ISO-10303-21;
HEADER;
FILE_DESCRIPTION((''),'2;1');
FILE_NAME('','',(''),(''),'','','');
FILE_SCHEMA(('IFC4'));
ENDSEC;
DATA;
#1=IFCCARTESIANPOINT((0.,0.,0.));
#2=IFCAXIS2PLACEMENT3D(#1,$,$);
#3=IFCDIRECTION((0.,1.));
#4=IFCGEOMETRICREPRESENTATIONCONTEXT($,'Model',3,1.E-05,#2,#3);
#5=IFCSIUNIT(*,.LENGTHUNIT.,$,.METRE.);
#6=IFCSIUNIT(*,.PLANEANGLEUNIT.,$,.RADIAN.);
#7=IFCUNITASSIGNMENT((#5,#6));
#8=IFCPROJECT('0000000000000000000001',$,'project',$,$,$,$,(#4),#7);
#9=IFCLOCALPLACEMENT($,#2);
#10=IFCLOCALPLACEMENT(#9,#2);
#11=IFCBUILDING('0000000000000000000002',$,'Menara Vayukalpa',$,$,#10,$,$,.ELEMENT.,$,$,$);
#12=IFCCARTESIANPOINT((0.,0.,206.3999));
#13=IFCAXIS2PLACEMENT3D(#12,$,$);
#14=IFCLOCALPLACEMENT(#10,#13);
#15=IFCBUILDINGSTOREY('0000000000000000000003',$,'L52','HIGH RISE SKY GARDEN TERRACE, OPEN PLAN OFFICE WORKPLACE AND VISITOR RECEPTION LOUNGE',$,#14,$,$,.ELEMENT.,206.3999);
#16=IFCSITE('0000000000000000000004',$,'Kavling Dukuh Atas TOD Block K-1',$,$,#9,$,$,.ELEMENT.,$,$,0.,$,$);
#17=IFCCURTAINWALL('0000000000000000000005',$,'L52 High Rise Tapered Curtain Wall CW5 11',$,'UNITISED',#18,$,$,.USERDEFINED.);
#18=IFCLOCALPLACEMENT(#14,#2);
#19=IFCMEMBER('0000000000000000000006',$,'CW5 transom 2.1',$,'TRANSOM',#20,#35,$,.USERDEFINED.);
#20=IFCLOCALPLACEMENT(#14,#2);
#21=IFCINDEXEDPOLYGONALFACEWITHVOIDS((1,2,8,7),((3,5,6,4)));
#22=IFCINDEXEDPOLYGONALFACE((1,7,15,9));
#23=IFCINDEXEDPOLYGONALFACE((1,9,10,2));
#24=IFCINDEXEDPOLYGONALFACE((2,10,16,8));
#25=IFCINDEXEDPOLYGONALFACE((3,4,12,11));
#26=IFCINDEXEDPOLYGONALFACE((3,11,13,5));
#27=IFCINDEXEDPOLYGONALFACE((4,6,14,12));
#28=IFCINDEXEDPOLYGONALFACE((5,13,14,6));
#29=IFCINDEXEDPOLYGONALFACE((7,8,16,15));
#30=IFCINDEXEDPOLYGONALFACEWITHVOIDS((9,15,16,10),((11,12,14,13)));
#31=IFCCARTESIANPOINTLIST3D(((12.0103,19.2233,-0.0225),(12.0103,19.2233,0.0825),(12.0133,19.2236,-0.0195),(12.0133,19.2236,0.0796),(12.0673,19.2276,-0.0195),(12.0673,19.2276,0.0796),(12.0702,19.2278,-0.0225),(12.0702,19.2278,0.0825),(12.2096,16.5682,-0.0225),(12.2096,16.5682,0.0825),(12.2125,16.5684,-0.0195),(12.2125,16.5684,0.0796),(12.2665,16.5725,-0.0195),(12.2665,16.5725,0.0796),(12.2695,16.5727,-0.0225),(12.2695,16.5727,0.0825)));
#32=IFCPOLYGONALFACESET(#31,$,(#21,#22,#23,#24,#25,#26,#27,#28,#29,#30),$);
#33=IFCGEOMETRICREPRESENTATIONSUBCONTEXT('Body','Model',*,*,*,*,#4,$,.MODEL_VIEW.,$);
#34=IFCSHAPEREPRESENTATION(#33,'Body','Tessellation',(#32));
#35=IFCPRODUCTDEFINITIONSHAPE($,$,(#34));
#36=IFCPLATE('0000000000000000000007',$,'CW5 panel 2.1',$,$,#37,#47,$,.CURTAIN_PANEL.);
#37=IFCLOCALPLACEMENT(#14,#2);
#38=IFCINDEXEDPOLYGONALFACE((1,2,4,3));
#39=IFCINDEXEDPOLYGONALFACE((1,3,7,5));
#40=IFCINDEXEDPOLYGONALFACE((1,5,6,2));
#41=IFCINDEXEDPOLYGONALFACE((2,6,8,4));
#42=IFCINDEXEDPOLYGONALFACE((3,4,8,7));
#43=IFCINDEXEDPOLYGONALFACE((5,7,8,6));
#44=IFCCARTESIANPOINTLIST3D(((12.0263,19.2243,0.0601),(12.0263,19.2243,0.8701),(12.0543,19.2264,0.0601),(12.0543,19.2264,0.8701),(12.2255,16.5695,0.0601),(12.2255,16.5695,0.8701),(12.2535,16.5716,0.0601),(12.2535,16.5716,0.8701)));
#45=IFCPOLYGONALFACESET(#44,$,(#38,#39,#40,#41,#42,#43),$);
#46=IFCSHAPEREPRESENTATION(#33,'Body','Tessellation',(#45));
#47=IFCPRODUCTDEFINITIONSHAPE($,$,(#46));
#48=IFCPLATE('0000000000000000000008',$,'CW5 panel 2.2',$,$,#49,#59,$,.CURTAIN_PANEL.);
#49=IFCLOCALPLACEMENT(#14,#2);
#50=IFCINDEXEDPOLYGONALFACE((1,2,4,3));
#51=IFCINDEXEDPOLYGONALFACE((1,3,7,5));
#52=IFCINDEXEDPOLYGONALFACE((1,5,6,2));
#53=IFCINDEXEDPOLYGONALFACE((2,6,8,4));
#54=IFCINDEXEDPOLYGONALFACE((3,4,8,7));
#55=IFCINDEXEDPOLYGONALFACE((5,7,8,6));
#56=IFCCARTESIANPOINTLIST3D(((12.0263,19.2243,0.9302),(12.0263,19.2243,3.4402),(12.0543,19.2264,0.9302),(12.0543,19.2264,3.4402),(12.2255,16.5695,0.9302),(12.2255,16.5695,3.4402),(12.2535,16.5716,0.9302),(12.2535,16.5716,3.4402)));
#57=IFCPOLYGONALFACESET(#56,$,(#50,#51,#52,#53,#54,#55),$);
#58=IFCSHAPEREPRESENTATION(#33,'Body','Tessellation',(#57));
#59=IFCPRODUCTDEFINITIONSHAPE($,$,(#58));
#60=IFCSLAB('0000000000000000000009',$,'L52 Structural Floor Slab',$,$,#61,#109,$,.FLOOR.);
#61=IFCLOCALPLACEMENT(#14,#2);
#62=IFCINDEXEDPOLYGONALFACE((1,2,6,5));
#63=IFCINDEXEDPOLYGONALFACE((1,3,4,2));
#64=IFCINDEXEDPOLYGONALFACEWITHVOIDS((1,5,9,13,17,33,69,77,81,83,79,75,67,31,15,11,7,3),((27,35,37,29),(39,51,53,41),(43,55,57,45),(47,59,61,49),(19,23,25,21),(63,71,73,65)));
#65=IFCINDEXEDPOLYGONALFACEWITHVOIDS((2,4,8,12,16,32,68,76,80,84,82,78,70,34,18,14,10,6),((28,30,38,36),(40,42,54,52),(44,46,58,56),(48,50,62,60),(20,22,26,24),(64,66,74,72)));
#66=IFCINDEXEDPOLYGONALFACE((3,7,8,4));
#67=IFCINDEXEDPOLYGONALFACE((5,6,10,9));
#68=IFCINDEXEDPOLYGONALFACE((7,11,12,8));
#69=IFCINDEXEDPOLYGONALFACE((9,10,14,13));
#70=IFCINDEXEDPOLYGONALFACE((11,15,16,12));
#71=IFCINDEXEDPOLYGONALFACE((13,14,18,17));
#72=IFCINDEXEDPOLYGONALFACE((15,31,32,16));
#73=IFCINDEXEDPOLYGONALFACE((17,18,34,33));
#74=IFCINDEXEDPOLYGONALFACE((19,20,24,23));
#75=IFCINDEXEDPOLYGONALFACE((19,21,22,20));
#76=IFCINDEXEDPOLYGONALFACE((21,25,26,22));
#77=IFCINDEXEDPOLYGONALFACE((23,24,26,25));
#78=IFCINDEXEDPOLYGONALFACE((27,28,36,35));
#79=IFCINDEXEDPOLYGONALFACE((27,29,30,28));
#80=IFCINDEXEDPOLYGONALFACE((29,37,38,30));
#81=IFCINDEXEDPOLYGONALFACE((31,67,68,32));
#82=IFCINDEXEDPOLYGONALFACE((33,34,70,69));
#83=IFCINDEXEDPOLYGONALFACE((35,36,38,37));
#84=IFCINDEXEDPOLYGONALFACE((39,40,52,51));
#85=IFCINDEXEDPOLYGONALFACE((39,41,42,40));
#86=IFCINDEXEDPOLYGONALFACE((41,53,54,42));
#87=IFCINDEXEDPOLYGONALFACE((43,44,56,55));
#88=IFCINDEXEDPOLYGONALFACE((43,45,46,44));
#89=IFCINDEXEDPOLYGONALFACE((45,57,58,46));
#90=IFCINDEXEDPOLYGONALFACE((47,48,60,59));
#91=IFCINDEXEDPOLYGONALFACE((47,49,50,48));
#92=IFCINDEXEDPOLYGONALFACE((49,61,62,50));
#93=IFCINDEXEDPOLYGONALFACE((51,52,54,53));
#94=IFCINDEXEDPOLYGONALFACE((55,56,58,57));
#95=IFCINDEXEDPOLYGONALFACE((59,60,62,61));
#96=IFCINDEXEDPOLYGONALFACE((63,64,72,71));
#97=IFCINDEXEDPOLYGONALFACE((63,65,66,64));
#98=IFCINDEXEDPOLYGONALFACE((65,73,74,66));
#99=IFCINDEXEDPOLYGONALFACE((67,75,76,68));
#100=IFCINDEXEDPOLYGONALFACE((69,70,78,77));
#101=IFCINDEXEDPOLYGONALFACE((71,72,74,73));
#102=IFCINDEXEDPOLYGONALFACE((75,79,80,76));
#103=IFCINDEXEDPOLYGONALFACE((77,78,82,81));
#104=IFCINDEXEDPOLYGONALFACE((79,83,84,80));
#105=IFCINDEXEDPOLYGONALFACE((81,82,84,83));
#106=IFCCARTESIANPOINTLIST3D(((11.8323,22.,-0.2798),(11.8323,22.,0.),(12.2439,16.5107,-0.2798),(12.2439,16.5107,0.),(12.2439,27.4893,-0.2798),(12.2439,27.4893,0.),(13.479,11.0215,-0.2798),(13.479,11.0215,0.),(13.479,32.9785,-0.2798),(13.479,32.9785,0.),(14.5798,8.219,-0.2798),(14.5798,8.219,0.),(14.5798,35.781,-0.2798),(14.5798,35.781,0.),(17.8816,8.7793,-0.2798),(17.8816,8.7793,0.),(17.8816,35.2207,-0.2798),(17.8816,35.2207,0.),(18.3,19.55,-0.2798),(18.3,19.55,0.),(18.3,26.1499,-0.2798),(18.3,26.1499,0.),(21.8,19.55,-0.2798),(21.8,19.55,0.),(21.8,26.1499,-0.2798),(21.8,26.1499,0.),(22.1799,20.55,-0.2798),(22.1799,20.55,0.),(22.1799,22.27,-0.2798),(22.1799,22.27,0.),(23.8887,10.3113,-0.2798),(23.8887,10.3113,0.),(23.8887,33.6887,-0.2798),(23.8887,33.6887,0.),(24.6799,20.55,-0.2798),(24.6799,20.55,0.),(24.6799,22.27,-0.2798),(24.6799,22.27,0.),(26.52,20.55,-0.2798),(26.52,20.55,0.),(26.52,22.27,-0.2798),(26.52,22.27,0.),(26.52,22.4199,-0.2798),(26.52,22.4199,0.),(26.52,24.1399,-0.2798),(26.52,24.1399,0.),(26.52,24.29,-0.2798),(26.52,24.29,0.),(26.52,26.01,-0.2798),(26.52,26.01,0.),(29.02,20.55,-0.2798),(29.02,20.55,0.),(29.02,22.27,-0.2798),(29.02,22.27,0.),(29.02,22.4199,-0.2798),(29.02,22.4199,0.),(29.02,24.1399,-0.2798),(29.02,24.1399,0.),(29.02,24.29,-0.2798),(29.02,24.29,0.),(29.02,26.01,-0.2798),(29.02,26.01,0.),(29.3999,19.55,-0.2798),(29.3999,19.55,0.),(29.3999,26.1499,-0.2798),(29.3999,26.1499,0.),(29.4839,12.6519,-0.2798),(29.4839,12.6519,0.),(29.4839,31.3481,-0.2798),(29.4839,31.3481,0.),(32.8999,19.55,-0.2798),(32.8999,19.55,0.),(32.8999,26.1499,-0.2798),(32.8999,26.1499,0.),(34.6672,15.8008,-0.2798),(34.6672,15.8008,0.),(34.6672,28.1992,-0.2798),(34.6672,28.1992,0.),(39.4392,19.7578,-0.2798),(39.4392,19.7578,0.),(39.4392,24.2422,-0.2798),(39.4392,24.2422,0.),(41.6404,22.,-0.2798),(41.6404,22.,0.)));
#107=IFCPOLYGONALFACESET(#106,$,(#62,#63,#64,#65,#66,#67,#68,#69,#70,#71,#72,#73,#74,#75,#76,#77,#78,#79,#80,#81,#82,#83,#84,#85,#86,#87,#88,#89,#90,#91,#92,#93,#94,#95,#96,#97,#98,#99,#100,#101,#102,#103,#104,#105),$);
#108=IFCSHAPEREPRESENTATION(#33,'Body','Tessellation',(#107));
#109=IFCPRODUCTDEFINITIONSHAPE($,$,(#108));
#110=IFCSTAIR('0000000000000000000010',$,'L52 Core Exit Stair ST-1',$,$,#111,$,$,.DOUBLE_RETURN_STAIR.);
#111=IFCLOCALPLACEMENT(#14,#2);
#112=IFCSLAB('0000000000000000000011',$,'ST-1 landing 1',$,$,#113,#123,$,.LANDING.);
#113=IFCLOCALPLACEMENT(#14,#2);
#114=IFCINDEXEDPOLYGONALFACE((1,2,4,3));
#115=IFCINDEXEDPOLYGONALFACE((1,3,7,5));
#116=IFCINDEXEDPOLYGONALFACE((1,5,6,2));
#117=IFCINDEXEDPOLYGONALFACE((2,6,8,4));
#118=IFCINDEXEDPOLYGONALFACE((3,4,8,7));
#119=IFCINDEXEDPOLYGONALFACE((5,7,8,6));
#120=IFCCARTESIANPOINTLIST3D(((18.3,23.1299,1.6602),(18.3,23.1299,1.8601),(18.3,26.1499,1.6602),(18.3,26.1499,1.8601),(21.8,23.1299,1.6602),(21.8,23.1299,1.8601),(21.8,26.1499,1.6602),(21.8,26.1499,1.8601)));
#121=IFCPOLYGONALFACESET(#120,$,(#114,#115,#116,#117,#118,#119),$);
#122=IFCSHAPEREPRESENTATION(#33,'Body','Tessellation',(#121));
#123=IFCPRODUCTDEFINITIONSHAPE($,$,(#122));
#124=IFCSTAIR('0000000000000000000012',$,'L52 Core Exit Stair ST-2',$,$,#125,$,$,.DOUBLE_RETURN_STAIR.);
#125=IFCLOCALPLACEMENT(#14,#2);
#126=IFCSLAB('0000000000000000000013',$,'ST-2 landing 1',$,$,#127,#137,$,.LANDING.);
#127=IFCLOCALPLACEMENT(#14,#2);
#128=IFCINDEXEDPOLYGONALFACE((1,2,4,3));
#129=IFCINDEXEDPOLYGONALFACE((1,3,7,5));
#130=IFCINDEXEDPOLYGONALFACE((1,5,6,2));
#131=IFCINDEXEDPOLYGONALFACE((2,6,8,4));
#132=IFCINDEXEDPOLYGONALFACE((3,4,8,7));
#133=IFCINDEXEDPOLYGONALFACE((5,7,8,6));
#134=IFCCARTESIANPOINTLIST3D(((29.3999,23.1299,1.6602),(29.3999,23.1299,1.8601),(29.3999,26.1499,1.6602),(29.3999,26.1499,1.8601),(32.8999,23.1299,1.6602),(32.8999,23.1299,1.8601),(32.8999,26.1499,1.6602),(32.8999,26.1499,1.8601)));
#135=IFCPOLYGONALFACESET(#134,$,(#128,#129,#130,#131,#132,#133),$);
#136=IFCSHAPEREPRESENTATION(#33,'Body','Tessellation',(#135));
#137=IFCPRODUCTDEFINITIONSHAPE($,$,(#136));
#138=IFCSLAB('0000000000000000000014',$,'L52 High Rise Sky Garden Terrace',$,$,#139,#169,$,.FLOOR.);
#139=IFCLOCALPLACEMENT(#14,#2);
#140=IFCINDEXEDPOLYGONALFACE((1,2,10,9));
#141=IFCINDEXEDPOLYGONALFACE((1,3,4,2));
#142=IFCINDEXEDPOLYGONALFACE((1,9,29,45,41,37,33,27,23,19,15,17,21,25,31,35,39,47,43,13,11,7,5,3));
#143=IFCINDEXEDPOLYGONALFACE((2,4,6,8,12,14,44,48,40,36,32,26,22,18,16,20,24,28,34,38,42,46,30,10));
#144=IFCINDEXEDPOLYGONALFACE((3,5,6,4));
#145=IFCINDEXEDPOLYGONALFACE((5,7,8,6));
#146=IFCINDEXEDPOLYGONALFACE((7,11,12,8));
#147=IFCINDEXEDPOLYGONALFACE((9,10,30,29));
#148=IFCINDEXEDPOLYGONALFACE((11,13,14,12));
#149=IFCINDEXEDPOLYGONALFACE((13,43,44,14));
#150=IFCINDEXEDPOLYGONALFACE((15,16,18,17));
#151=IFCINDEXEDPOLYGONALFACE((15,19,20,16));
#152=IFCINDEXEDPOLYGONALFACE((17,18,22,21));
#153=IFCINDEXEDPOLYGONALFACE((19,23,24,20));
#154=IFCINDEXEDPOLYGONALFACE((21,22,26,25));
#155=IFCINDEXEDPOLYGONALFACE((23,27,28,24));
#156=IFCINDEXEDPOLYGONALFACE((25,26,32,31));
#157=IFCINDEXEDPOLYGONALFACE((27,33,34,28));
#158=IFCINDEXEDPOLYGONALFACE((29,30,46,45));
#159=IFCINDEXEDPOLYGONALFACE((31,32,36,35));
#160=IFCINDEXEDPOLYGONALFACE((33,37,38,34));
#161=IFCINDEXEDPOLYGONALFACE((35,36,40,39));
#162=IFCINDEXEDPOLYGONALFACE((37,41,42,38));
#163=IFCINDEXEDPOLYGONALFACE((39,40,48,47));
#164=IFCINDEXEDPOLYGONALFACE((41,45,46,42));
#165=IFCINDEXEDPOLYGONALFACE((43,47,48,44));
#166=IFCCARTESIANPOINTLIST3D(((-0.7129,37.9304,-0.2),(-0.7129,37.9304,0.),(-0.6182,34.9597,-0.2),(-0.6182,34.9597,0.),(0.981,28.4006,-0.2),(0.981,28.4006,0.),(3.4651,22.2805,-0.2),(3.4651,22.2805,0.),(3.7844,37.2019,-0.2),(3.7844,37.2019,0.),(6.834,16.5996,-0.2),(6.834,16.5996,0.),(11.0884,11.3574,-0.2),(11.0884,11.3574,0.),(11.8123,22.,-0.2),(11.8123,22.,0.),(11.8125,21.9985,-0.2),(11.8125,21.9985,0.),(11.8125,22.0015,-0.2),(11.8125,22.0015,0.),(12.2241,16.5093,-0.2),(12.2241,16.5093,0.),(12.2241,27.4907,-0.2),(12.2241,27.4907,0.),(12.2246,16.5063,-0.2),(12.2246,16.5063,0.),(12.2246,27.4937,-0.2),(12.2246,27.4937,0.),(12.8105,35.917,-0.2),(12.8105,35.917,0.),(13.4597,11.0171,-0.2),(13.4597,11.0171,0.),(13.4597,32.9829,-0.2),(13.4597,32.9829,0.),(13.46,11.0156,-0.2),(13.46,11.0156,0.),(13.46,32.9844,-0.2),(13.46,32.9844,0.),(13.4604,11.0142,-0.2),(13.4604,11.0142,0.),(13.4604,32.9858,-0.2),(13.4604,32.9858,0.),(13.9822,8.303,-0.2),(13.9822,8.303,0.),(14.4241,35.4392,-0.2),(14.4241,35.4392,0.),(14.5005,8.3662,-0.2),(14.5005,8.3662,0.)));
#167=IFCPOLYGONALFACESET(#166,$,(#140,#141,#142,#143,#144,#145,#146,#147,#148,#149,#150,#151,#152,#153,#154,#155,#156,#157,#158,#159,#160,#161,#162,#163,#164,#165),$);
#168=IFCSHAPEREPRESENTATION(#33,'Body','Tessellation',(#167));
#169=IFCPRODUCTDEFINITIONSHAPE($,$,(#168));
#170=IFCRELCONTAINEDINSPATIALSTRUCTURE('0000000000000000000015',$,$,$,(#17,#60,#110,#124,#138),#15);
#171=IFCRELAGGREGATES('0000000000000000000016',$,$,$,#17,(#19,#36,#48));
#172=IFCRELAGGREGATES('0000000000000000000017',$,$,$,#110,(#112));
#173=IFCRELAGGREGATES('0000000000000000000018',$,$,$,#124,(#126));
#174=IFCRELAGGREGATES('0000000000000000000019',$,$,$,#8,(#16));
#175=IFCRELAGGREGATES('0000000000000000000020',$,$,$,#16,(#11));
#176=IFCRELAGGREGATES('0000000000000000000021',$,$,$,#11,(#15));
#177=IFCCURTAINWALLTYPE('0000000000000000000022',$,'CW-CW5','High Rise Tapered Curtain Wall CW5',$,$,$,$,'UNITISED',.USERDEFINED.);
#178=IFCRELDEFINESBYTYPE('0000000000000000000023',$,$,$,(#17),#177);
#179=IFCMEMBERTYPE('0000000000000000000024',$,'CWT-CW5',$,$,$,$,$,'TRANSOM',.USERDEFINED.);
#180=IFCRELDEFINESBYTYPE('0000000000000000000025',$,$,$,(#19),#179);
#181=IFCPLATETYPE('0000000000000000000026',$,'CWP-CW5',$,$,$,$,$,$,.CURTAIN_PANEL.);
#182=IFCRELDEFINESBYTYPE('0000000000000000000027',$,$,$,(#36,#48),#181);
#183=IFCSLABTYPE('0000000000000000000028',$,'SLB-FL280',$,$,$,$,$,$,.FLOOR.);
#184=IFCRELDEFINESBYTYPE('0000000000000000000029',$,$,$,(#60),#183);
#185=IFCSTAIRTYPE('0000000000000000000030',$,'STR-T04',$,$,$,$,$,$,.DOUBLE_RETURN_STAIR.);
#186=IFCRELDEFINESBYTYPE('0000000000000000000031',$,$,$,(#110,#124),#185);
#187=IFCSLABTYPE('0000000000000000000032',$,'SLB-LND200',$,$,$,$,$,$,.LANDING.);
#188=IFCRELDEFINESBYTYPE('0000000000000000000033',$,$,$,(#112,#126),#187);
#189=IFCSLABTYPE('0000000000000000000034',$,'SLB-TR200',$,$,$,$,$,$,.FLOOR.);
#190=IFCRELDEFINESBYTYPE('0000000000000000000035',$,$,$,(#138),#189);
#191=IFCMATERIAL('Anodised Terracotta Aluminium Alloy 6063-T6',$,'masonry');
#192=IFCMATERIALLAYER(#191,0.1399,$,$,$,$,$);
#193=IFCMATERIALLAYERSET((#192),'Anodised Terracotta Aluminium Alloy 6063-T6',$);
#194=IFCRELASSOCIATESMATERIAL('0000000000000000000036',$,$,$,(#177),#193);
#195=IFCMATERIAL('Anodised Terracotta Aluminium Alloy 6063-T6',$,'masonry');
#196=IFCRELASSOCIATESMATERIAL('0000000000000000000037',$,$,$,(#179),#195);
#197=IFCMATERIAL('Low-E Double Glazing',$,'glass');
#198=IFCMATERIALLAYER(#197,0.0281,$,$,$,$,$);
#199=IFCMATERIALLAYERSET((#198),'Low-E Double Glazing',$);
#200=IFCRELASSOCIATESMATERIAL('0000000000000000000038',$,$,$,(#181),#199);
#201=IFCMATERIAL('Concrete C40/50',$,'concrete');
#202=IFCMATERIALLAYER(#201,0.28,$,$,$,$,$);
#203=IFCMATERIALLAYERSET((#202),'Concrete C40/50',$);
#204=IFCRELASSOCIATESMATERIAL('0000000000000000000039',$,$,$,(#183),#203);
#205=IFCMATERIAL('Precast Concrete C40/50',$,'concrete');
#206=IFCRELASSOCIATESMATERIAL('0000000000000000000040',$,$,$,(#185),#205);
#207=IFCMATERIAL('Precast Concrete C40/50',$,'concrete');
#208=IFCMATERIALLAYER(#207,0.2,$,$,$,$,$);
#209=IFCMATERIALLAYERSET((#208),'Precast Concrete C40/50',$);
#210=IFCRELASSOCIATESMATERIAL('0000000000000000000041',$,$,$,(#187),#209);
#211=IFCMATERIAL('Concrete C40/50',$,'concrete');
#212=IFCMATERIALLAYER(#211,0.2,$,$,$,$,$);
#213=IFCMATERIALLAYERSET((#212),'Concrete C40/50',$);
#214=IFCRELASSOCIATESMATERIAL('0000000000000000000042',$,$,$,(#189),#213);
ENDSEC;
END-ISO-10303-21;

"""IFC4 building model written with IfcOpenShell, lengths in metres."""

from ifc_helpers import new_model, si_unit, direction, frame, origin, origin_2d, place, context, subcontext, project, spatial, polyline, rectangle, hollow_rectangle, outline, extrude, material, layer, layer_set, material_profile, profile_set, type_object, element, aggregate, save


model = new_model("IFC4")

# Units and contexts
model_context = context("Model", 3, precision=1e-05, world=origin(), true_north=direction((0.0, 1.0)))
body_context = subcontext(model_context, "Body", "Model", "MODEL_VIEW")
ifc_project = project(units=[si_unit("LENGTHUNIT", "METRE"), si_unit("PLANEANGLEUNIT", "RADIAN")], contexts=[model_context])

# Site, building, storey
site_placement = place(None, origin())
site = spatial("IfcSite", under=ifc_project, at=site_placement, Name="Kavling Dukuh Atas TOD Block K-1", CompositionType="ELEMENT", RefElevation=0.0)
building_placement = place(site_placement, origin())
building = spatial("IfcBuilding", under=site, at=building_placement, Name="Menara Vayukalpa", CompositionType="ELEMENT")
storey_placement = place(building_placement, frame((0.0, 0.0, 206.3999)))
storey = spatial("IfcBuildingStorey", under=building, at=storey_placement, Name="L52", Description="HIGH RISE SKY GARDEN TERRACE, OPEN PLAN OFFICE WORKPLACE AND VISITOR RECEPTION LOUNGE", CompositionType="ELEMENT", Elevation=206.3999)

# Curtain wall, member, plates
ifc_material_1 = material(Name="Anodised Terracotta Aluminium Alloy 6063-T6", Category="masonry")
ifc_layer_1 = layer(ifc_material_1, 0.1399)
ifc_layer_set_1 = layer_set([ifc_layer_1], Name="Anodised Terracotta Aluminium Alloy 6063-T6")
curtain_wall_type = type_object("IfcCurtainWallType", Name="CW-CW5", Description="High Rise Tapered Curtain Wall CW5", ElementType="UNITISED", PredefinedType="USERDEFINED", material=ifc_layer_set_1)
curtain_wall_placement = place(storey_placement, origin())
curtain_wall = element("IfcCurtainWall", 1, at=curtain_wall_placement, inside=storey, type_object=curtain_wall_type, Name="L52 High Rise Tapered Curtain Wall CW5 11", ObjectType="UNITISED", PredefinedType="USERDEFINED")
ifc_material_2 = material(Name="Anodised Terracotta Aluminium Alloy 6063-T6", Category="masonry")
ifc_material_profile_1 = material_profile(ifc_material_2, hollow_rectangle(XDim=0.0601, YDim=0.105, WallThickness=0.0029, at=origin_2d()), Name="ALU 60x105x3")
ifc_profile_set_1 = profile_set([ifc_material_profile_1], Name="Anodised Terracotta Aluminium Alloy 6063-T6")
member_type_1 = type_object("IfcMemberType", Name="CWT-CW5", ElementType="TRANSOM", PredefinedType="USERDEFINED", material=ifc_profile_set_1)
member_1_placement = place(storey_placement, frame((12.0403, 19.2256, 0.03), z_axis=(0.074824, -0.997197, 0.0), x_axis=(0.997197, 0.074824, 0.0)))
member_1 = element("IfcMember", 2, at=member_1_placement, type_object=member_type_1, Name="CW5 transom 2.1", ObjectType="TRANSOM", PredefinedType="USERDEFINED", context=body_context, shape_type="SweptSolid", body=[
    extrude(hollow_rectangle(XDim=0.0601, YDim=0.105, WallThickness=0.0029, at=origin_2d()), origin(), (0.0, 0.0, 1.0), 2.6626),
])
ifc_material_3 = material(Name="Low-E Double Glazing", Category="glass")
ifc_layer_2 = layer(ifc_material_3, 0.0281)
ifc_layer_set_2 = layer_set([ifc_layer_2], Name="Low-E Double Glazing")
plate_type = type_object("IfcPlateType", Name="CWP-CW5", PredefinedType="CURTAIN_PANEL", material=ifc_layer_set_2)
plate_1_placement = place(storey_placement, frame((12.1399, 17.8979, 0.0601), z_axis=(0.0, 0.0, 1.0), x_axis=(0.074792, -0.997199, 0.0)))
plate_1 = element("IfcPlate", 3, at=plate_1_placement, type_object=plate_type, Name="CW5 panel 2.1", PredefinedType="CURTAIN_PANEL", context=body_context, shape_type="SweptSolid", body=[
    extrude(rectangle(XDim=2.6624, YDim=0.0281, at=origin_2d()), origin(), (0.0, 0.0, 1.0), 0.8101),
])
plate_2_placement = place(storey_placement, frame((12.1399, 17.8979, 0.9302), z_axis=(0.0, 0.0, 1.0), x_axis=(0.074792, -0.997199, 0.0)))
plate_2 = element("IfcPlate", 4, at=plate_2_placement, type_object=plate_type, Name="CW5 panel 2.2", PredefinedType="CURTAIN_PANEL", context=body_context, shape_type="SweptSolid", body=[
    extrude(rectangle(XDim=2.6624, YDim=0.0281, at=origin_2d()), origin(), (0.0, 0.0, 1.0), 2.51),
])
aggregate(curtain_wall, [member_1, plate_1, plate_2])

# Slab
ifc_material_4 = material(Name="Concrete C40/50", Category="concrete")
ifc_layer_3 = layer(ifc_material_4, 0.28)
ifc_layer_set_3 = layer_set([ifc_layer_3], Name="Concrete C40/50")
slab_type_1 = type_object("IfcSlabType", Name="SLB-FL280", PredefinedType="FLOOR", material=ifc_layer_set_3)
slab_1_placement = place(storey_placement, frame((0.0, 0.0, -0.2798)))
element("IfcSlab", 5, at=slab_1_placement, inside=storey, type_object=slab_type_1, Name="L52 Structural Floor Slab", PredefinedType="FLOOR", context=body_context, shape_type="SweptSolid", body=[
    extrude(outline(polyline([(39.4392, 19.7578), (41.6404, 22.0), (39.4392, 24.2422), (34.6672, 28.1992), (29.4839, 31.3481), (23.8887, 33.6887), (17.8816, 35.2207), (14.5798, 35.781), (13.479, 32.9785), (12.2439, 27.4893), (11.8323, 22.0), (12.2439, 16.5107), (13.479, 11.0215), (14.5798, 8.219), (17.8816, 8.7793), (23.8887, 10.3113), (29.4839, 12.6519), (34.6672, 15.8008), (39.4392, 19.7578)]), holes=[polyline([(21.8, 19.55), (21.8, 26.1499), (18.3, 26.1499), (18.3, 19.55), (21.8, 19.55)]), polyline([(32.8999, 19.55), (32.8999, 26.1499), (29.3999, 26.1499), (29.3999, 19.55), (32.8999, 19.55)]), polyline([(22.1799, 20.55), (24.6799, 20.55), (24.6799, 22.27), (22.1799, 22.27), (22.1799, 20.55)]), polyline([(26.52, 20.55), (29.02, 20.55), (29.02, 22.27), (26.52, 22.27), (26.52, 20.55)]), polyline([(26.52, 24.29), (29.02, 24.29), (29.02, 26.01), (26.52, 26.01), (26.52, 24.29)]), polyline([(26.52, 22.4199), (29.02, 22.4199), (29.02, 24.1399), (26.52, 24.1399), (26.52, 22.4199)])]), origin(), (0.0, 0.0, 1.0), 0.2798),
])

# Stairs, slabs
ifc_material_5 = material(Name="Precast Concrete C40/50", Category="concrete")
stair_type = type_object("IfcStairType", Name="STR-T04", PredefinedType="DOUBLE_RETURN_STAIR", material=ifc_material_5)
stair_1_placement = place(storey_placement, origin())
stair_1 = element("IfcStair", 6, at=stair_1_placement, inside=storey, type_object=stair_type, Name="L52 Core Exit Stair ST-1", PredefinedType="DOUBLE_RETURN_STAIR")
ifc_material_6 = material(Name="Precast Concrete C40/50", Category="concrete")
ifc_layer_4 = layer(ifc_material_6, 0.2)
ifc_layer_set_4 = layer_set([ifc_layer_4], Name="Precast Concrete C40/50")
slab_type_2 = type_object("IfcSlabType", Name="SLB-LND200", PredefinedType="LANDING", material=ifc_layer_set_4)
slab_2_placement = place(storey_placement, frame((0.0, 0.0, 1.6602)))
slab_2 = element("IfcSlab", 7, at=slab_2_placement, type_object=slab_type_2, Name="ST-1 landing 1", PredefinedType="LANDING", context=body_context, shape_type="SweptSolid", body=[
    extrude(outline(polyline([(21.8, 23.1299), (21.8, 26.1499), (18.3, 26.1499), (18.3, 23.1299), (21.8, 23.1299)])), origin(), (0.0, 0.0, 1.0), 0.2),
])
aggregate(stair_1, [slab_2])
stair_2_placement = place(storey_placement, origin())
stair_2 = element("IfcStair", 8, at=stair_2_placement, inside=storey, type_object=stair_type, Name="L52 Core Exit Stair ST-2", PredefinedType="DOUBLE_RETURN_STAIR")
slab_3_placement = place(storey_placement, frame((0.0, 0.0, 1.6602)))
slab_3 = element("IfcSlab", 9, at=slab_3_placement, type_object=slab_type_2, Name="ST-2 landing 1", PredefinedType="LANDING", context=body_context, shape_type="SweptSolid", body=[
    extrude(outline(polyline([(32.8999, 23.1299), (32.8999, 26.1499), (29.3999, 26.1499), (29.3999, 23.1299), (32.8999, 23.1299)])), origin(), (0.0, 0.0, 1.0), 0.2),
])
aggregate(stair_2, [slab_3])

# Slab
ifc_material_7 = material(Name="Concrete C40/50", Category="concrete")
ifc_layer_5 = layer(ifc_material_7, 0.2)
ifc_layer_set_5 = layer_set([ifc_layer_5], Name="Concrete C40/50")
slab_type_3 = type_object("IfcSlabType", Name="SLB-TR200", PredefinedType="FLOOR", material=ifc_layer_set_5)
slab_4_placement = place(storey_placement, frame((0.0, 0.0, -0.2)))
element("IfcSlab", 10, at=slab_4_placement, inside=storey, type_object=slab_type_3, Name="L52 High Rise Sky Garden Terrace", PredefinedType="FLOOR", context=body_context, shape_type="SweptSolid", body=[
    extrude(outline(polyline([(13.9822, 8.303), (11.0884, 11.3574), (6.834, 16.5996), (3.4651, 22.2805), (0.981, 28.4006), (-0.6182, 34.9597), (-0.7129, 37.9304), (3.7844, 37.2019), (12.8105, 35.917), (14.4241, 35.4392), (13.4604, 32.9858), (13.46, 32.9844), (13.4597, 32.9829), (12.2246, 27.4937), (12.2241, 27.4907), (11.8125, 22.0015), (11.8123, 22.0), (11.8125, 21.9985), (12.2241, 16.5093), (12.2246, 16.5063), (13.4597, 11.0171), (13.46, 11.0156), (13.4604, 11.0142), (14.5005, 8.3662), (13.9822, 8.303)])), origin(), (0.0, 0.0, 1.0), 0.2),
])

save(model, "model.ifc")
